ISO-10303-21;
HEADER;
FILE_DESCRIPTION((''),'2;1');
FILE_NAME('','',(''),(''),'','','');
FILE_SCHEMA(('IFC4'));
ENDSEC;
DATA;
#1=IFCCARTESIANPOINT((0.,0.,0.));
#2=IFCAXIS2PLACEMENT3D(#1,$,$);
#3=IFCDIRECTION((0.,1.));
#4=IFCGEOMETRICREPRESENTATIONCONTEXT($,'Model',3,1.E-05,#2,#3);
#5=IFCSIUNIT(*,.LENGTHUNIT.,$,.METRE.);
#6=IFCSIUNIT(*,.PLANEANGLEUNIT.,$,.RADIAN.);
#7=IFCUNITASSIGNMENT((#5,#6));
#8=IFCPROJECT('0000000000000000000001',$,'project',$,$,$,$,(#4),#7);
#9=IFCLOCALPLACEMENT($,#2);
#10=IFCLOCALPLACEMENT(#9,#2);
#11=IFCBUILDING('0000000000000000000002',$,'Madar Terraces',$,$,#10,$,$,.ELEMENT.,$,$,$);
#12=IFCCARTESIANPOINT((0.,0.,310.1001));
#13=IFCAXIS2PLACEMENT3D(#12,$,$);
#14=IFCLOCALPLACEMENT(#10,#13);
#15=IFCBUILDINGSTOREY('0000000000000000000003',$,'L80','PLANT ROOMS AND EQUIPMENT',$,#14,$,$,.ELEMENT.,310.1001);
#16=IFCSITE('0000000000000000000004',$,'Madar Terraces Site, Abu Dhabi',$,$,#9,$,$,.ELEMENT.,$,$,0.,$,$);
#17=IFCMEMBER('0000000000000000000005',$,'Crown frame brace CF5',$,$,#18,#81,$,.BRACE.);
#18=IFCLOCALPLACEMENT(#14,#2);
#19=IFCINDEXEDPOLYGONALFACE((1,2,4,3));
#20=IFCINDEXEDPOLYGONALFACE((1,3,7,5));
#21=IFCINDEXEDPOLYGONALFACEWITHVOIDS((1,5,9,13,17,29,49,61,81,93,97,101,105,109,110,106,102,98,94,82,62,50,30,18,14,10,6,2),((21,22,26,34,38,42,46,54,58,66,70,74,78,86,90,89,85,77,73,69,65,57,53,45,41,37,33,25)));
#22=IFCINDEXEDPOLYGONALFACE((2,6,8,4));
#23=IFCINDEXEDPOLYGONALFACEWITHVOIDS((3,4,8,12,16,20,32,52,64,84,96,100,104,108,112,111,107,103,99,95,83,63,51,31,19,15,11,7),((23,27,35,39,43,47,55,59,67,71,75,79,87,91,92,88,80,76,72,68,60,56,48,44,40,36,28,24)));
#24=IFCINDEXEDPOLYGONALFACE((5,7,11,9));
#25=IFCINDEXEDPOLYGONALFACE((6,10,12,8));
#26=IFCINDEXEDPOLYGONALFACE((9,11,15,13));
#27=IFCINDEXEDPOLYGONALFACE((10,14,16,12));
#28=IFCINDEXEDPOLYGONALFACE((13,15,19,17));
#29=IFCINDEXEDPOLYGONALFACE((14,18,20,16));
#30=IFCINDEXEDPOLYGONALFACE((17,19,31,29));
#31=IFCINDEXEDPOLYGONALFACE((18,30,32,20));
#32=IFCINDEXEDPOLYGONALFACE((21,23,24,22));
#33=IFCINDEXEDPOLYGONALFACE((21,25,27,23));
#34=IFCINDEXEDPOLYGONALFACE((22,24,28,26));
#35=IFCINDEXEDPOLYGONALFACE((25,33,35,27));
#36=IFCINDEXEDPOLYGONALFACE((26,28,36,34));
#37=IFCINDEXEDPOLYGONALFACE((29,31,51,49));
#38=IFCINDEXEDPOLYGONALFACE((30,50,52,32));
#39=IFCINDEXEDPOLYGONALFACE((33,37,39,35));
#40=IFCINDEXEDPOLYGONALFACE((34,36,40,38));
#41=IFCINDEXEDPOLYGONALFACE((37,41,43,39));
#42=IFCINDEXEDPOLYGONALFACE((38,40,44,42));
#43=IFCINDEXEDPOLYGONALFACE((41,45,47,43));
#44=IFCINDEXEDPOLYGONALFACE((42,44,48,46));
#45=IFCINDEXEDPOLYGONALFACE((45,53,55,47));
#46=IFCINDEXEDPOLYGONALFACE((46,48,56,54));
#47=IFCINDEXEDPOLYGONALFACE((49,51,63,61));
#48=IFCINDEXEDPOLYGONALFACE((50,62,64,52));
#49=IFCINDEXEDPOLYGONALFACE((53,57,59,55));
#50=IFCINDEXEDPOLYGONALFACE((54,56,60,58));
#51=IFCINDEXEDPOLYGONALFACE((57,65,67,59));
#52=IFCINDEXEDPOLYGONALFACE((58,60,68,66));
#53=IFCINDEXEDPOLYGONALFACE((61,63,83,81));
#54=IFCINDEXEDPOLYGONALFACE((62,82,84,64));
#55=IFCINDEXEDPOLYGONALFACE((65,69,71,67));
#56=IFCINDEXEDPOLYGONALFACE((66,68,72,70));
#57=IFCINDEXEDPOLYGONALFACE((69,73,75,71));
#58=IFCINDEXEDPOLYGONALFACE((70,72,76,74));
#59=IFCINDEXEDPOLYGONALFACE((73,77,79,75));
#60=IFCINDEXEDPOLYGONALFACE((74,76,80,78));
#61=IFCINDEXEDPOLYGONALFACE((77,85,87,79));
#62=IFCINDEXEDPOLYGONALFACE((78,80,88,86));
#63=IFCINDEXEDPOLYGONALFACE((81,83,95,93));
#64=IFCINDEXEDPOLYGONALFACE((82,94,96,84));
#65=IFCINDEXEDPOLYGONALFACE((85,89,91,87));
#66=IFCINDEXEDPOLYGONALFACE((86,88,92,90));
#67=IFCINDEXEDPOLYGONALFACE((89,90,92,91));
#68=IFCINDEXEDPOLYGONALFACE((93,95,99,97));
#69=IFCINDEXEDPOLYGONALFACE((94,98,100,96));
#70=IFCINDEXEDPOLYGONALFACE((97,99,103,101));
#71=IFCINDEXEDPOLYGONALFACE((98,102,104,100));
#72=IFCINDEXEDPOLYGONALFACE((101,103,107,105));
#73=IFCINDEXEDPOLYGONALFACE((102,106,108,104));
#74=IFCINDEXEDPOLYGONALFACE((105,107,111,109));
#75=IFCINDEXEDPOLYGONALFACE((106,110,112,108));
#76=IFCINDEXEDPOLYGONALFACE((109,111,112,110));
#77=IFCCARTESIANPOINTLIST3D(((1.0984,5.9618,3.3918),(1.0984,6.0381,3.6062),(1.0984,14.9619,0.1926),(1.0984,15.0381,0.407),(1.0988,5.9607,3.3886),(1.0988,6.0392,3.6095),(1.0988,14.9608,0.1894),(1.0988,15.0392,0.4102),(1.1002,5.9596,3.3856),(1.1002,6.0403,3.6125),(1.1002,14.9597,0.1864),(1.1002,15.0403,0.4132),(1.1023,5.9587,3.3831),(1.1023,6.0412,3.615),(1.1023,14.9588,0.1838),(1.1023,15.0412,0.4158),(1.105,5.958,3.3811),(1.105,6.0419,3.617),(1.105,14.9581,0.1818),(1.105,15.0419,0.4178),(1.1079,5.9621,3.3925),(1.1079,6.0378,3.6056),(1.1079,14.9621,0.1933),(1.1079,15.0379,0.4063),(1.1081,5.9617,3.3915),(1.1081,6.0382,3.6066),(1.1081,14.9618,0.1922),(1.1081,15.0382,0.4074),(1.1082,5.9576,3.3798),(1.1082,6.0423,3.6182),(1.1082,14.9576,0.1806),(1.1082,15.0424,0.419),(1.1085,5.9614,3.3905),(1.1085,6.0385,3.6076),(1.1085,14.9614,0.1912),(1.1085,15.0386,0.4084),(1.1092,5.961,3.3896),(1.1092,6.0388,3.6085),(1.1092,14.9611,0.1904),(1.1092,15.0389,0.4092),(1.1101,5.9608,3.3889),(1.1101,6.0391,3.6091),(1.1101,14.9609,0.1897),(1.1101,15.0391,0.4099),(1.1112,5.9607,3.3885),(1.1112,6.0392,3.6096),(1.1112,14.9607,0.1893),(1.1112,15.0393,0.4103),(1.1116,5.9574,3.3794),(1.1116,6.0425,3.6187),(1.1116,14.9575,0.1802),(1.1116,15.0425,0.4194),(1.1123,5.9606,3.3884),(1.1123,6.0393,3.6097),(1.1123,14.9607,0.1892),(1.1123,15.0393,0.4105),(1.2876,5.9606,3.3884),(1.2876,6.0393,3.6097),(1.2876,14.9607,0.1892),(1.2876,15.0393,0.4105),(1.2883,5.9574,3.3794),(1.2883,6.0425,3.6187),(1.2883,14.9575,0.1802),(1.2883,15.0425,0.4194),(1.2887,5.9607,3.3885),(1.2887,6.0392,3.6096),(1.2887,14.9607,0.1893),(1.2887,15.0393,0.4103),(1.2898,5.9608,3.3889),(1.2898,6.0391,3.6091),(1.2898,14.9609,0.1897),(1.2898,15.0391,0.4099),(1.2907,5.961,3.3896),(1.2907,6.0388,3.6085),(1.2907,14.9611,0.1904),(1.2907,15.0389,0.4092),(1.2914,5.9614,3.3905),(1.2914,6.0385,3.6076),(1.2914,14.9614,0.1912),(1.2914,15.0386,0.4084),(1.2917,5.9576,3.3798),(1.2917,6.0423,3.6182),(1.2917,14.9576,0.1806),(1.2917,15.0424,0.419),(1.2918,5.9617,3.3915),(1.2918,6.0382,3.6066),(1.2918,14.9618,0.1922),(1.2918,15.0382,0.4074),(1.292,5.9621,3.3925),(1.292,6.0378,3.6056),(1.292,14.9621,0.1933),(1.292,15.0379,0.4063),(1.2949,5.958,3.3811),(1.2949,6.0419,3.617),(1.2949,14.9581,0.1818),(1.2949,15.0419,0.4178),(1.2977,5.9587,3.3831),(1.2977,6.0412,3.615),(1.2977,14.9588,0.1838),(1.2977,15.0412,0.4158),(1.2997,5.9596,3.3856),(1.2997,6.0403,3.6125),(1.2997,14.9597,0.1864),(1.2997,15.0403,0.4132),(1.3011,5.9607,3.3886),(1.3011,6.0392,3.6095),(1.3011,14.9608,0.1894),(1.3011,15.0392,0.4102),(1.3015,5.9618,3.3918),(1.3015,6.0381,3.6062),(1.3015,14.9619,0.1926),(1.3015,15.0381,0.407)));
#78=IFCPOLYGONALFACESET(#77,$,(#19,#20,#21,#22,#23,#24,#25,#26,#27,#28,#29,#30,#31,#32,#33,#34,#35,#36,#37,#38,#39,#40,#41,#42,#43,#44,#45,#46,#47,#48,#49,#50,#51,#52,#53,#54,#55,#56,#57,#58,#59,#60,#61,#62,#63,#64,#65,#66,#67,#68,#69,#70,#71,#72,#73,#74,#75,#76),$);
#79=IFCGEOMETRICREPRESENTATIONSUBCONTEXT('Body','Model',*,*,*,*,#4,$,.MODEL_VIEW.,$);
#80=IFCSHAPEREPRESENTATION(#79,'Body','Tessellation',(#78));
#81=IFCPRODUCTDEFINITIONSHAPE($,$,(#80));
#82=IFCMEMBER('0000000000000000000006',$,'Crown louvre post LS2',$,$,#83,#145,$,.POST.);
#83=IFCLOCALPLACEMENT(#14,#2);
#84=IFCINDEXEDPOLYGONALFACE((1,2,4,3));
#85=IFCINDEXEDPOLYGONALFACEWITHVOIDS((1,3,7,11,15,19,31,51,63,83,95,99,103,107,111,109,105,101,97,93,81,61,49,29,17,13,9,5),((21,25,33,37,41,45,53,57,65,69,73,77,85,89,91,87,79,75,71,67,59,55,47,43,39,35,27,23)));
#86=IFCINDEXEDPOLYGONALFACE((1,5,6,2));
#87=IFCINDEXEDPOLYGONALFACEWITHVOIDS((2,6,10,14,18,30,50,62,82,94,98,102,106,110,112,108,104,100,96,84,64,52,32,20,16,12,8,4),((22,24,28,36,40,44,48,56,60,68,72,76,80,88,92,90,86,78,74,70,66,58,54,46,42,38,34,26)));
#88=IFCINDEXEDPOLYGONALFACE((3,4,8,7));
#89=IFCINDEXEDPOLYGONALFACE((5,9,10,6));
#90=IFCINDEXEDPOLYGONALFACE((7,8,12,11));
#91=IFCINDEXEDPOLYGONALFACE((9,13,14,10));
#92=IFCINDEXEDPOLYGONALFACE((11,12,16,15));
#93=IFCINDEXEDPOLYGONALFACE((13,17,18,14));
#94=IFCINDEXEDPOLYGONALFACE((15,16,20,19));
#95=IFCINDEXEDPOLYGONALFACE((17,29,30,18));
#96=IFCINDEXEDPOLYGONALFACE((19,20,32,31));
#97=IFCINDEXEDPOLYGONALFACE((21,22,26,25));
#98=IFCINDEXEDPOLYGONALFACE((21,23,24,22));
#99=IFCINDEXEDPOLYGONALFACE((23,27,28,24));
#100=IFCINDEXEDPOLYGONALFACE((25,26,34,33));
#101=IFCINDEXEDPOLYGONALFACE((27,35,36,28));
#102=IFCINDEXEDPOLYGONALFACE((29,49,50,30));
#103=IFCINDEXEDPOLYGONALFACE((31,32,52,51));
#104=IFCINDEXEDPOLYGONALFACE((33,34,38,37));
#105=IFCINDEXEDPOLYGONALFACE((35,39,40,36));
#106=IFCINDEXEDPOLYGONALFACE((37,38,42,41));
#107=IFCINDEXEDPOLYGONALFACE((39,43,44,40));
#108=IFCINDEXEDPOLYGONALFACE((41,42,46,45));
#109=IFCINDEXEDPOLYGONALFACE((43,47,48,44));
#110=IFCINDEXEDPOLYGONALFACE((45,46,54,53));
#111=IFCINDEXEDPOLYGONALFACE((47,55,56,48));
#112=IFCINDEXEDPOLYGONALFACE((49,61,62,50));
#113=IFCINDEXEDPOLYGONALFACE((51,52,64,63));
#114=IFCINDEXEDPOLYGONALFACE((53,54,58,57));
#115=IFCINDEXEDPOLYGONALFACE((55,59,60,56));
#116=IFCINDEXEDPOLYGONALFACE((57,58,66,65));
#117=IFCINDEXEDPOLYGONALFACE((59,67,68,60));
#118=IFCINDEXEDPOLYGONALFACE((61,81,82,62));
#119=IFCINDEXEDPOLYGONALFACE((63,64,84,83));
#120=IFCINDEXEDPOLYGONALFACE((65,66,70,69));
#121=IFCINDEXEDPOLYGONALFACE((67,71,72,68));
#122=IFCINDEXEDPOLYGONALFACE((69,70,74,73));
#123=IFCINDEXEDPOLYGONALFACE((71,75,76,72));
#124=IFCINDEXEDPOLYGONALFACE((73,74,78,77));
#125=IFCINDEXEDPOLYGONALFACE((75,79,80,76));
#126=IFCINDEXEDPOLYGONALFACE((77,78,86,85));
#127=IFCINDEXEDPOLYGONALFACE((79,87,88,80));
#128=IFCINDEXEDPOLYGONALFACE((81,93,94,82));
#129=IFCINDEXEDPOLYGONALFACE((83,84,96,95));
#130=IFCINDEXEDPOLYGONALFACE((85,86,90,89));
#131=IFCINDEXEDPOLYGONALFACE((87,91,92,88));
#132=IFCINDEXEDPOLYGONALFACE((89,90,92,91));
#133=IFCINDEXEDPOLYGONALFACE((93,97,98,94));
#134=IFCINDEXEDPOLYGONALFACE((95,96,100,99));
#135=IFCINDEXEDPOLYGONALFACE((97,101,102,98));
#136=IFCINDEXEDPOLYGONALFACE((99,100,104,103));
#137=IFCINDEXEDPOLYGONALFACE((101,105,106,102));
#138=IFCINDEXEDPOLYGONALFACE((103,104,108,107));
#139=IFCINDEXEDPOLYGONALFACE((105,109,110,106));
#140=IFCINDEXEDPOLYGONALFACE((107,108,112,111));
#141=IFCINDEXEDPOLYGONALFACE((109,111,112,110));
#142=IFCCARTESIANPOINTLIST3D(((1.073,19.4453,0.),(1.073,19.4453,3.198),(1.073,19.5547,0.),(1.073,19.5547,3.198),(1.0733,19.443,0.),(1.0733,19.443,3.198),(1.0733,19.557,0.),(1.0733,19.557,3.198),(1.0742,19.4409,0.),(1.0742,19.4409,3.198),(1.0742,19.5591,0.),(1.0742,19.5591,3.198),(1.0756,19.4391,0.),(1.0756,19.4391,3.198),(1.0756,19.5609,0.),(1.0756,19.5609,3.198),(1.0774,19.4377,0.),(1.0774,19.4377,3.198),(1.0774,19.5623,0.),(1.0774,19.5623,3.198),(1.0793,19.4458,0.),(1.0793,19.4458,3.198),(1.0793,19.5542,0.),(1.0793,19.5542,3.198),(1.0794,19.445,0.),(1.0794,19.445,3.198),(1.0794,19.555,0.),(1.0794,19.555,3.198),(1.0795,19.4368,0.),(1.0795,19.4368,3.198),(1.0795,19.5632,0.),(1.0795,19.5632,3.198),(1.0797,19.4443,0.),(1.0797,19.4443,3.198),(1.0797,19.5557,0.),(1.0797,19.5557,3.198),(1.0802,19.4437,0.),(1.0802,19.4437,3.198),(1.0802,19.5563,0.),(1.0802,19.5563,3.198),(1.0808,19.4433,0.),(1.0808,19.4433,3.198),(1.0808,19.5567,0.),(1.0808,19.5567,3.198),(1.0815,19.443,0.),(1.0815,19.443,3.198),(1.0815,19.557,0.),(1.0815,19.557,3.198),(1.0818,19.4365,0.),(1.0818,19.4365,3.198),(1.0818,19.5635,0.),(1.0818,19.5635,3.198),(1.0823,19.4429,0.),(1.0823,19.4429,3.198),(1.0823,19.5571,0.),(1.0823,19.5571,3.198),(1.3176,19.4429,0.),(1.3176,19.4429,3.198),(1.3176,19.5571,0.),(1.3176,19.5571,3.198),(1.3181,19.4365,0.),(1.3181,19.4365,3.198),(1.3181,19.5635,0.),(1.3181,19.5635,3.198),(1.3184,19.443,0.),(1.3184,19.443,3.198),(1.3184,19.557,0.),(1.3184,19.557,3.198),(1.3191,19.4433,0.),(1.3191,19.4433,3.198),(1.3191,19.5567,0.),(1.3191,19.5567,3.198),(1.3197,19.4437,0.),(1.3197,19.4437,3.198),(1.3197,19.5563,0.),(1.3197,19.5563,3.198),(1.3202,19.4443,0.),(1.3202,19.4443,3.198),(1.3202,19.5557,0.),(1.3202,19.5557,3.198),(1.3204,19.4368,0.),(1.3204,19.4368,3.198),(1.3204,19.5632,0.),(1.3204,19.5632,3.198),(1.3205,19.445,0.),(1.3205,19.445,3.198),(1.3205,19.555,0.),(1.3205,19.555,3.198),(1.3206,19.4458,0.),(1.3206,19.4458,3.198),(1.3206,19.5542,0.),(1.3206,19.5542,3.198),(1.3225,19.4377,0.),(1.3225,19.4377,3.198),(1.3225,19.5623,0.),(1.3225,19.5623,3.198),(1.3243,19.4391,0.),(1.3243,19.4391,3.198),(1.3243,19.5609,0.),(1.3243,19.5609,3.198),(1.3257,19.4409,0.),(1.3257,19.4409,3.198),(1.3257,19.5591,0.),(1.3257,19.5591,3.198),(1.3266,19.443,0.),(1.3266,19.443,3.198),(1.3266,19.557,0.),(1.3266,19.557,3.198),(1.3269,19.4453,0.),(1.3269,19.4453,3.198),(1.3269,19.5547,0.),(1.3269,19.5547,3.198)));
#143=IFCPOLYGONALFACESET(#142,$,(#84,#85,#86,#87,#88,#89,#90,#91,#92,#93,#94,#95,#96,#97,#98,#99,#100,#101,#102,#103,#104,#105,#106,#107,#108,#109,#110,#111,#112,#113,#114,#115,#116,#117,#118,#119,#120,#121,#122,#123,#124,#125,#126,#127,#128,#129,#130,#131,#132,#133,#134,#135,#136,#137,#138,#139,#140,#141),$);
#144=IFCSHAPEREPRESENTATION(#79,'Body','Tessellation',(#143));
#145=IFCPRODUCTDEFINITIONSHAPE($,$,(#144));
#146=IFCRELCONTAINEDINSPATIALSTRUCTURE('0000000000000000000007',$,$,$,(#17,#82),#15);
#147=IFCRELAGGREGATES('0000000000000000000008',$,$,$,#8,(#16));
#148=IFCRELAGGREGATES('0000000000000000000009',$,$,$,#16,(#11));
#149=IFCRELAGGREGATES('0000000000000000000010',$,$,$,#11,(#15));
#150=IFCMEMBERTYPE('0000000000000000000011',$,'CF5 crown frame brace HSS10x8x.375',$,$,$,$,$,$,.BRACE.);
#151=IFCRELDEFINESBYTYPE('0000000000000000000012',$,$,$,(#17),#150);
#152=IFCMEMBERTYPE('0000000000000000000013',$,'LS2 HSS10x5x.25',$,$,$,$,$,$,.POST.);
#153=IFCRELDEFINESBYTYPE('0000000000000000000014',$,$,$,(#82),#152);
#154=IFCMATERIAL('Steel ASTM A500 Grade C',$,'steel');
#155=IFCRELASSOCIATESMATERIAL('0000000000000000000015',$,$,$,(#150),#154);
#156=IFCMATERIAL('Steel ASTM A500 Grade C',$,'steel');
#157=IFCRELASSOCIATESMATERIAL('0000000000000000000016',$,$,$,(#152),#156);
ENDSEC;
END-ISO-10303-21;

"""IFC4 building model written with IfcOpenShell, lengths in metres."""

from ifc_helpers import new_model, si_unit, direction, frame, origin, origin_2d, place, context, subcontext, project, spatial, hollow_rectangle, extrude, material, material_profile, profile_set, type_object, element, save


model = new_model("IFC4")

# Units and contexts
model_context = context("Model", 3, precision=1e-05, world=origin(), true_north=direction((0.0, 1.0)))
body_context = subcontext(model_context, "Body", "Model", "MODEL_VIEW")
ifc_project = project(units=[si_unit("LENGTHUNIT", "METRE"), si_unit("PLANEANGLEUNIT", "RADIAN")], contexts=[model_context])

# Site, building, storey
site_placement = place(None, origin())
site = spatial("IfcSite", under=ifc_project, at=site_placement, Name="Madar Terraces Site, Abu Dhabi", CompositionType="ELEMENT", RefElevation=0.0)
building_placement = place(site_placement, origin())
building = spatial("IfcBuilding", under=site, at=building_placement, Name="Madar Terraces", CompositionType="ELEMENT")
storey_placement = place(building_placement, frame((0.0, 0.0, 310.1001)))
storey = spatial("IfcBuildingStorey", under=building, at=storey_placement, Name="L80", Description="PLANT ROOMS AND EQUIPMENT", CompositionType="ELEMENT", Elevation=310.1001)

# Members
ifc_material_1 = material(Name="Steel ASTM A500 Grade C", Category="steel")
ifc_material_profile_1 = material_profile(ifc_material_1, hollow_rectangle(XDim=0.2031, YDim=0.2539, WallThickness=0.0095, InnerFilletRadius=0.0044, OuterFilletRadius=0.0132, at=origin_2d()), Name="HSS10x8x.375")
ifc_profile_set_1 = profile_set([ifc_material_profile_1], Name="Steel ASTM A500 Grade C")
member_type_1 = type_object("IfcMemberType", Name="CF5 crown frame brace HSS10x8x.375", PredefinedType="BRACE", material=ifc_profile_set_1)
member_1_placement = place(storey_placement, frame((1.2, 15.0, 0.2998), z_axis=(0.0, -0.942241, 0.334937), x_axis=(1.0, 0.0, 0.0)))
element("IfcMember", 1, at=member_1_placement, inside=storey, type_object=member_type_1, Name="Crown frame brace CF5", PredefinedType="BRACE", context=body_context, shape_type="SweptSolid", body=[
    extrude(hollow_rectangle(XDim=0.2031, YDim=0.2539, WallThickness=0.0095, InnerFilletRadius=0.0044, OuterFilletRadius=0.0132, at=origin_2d()), origin(), (0.0, 0.0, 1.0), 9.5518),
])
ifc_material_2 = material(Name="Steel ASTM A500 Grade C", Category="steel")
ifc_material_profile_2 = material_profile(ifc_material_2, hollow_rectangle(XDim=0.127, YDim=0.2539, WallThickness=0.0063, InnerFilletRadius=0.0029, OuterFilletRadius=0.0088, at=origin_2d()), Name="HSS10x5x.25")
ifc_profile_set_2 = profile_set([ifc_material_profile_2], Name="Steel ASTM A500 Grade C")
member_type_2 = type_object("IfcMemberType", Name="LS2 HSS10x5x.25", PredefinedType="POST", material=ifc_profile_set_2)
member_2_placement = place(storey_placement, frame((1.2, 19.5, 0.0), z_axis=(0.0, 0.0, 1.0), x_axis=(0.0, -1.0, 0.0)))
element("IfcMember", 2, at=member_2_placement, inside=storey, type_object=member_type_2, Name="Crown louvre post LS2", PredefinedType="POST", context=body_context, shape_type="SweptSolid", body=[
    extrude(hollow_rectangle(XDim=0.127, YDim=0.2539, WallThickness=0.0063, InnerFilletRadius=0.0029, OuterFilletRadius=0.0088, at=origin_2d()), origin(), (0.0, 0.0, 1.0), 3.198),
])

save(model, "model.ifc")
